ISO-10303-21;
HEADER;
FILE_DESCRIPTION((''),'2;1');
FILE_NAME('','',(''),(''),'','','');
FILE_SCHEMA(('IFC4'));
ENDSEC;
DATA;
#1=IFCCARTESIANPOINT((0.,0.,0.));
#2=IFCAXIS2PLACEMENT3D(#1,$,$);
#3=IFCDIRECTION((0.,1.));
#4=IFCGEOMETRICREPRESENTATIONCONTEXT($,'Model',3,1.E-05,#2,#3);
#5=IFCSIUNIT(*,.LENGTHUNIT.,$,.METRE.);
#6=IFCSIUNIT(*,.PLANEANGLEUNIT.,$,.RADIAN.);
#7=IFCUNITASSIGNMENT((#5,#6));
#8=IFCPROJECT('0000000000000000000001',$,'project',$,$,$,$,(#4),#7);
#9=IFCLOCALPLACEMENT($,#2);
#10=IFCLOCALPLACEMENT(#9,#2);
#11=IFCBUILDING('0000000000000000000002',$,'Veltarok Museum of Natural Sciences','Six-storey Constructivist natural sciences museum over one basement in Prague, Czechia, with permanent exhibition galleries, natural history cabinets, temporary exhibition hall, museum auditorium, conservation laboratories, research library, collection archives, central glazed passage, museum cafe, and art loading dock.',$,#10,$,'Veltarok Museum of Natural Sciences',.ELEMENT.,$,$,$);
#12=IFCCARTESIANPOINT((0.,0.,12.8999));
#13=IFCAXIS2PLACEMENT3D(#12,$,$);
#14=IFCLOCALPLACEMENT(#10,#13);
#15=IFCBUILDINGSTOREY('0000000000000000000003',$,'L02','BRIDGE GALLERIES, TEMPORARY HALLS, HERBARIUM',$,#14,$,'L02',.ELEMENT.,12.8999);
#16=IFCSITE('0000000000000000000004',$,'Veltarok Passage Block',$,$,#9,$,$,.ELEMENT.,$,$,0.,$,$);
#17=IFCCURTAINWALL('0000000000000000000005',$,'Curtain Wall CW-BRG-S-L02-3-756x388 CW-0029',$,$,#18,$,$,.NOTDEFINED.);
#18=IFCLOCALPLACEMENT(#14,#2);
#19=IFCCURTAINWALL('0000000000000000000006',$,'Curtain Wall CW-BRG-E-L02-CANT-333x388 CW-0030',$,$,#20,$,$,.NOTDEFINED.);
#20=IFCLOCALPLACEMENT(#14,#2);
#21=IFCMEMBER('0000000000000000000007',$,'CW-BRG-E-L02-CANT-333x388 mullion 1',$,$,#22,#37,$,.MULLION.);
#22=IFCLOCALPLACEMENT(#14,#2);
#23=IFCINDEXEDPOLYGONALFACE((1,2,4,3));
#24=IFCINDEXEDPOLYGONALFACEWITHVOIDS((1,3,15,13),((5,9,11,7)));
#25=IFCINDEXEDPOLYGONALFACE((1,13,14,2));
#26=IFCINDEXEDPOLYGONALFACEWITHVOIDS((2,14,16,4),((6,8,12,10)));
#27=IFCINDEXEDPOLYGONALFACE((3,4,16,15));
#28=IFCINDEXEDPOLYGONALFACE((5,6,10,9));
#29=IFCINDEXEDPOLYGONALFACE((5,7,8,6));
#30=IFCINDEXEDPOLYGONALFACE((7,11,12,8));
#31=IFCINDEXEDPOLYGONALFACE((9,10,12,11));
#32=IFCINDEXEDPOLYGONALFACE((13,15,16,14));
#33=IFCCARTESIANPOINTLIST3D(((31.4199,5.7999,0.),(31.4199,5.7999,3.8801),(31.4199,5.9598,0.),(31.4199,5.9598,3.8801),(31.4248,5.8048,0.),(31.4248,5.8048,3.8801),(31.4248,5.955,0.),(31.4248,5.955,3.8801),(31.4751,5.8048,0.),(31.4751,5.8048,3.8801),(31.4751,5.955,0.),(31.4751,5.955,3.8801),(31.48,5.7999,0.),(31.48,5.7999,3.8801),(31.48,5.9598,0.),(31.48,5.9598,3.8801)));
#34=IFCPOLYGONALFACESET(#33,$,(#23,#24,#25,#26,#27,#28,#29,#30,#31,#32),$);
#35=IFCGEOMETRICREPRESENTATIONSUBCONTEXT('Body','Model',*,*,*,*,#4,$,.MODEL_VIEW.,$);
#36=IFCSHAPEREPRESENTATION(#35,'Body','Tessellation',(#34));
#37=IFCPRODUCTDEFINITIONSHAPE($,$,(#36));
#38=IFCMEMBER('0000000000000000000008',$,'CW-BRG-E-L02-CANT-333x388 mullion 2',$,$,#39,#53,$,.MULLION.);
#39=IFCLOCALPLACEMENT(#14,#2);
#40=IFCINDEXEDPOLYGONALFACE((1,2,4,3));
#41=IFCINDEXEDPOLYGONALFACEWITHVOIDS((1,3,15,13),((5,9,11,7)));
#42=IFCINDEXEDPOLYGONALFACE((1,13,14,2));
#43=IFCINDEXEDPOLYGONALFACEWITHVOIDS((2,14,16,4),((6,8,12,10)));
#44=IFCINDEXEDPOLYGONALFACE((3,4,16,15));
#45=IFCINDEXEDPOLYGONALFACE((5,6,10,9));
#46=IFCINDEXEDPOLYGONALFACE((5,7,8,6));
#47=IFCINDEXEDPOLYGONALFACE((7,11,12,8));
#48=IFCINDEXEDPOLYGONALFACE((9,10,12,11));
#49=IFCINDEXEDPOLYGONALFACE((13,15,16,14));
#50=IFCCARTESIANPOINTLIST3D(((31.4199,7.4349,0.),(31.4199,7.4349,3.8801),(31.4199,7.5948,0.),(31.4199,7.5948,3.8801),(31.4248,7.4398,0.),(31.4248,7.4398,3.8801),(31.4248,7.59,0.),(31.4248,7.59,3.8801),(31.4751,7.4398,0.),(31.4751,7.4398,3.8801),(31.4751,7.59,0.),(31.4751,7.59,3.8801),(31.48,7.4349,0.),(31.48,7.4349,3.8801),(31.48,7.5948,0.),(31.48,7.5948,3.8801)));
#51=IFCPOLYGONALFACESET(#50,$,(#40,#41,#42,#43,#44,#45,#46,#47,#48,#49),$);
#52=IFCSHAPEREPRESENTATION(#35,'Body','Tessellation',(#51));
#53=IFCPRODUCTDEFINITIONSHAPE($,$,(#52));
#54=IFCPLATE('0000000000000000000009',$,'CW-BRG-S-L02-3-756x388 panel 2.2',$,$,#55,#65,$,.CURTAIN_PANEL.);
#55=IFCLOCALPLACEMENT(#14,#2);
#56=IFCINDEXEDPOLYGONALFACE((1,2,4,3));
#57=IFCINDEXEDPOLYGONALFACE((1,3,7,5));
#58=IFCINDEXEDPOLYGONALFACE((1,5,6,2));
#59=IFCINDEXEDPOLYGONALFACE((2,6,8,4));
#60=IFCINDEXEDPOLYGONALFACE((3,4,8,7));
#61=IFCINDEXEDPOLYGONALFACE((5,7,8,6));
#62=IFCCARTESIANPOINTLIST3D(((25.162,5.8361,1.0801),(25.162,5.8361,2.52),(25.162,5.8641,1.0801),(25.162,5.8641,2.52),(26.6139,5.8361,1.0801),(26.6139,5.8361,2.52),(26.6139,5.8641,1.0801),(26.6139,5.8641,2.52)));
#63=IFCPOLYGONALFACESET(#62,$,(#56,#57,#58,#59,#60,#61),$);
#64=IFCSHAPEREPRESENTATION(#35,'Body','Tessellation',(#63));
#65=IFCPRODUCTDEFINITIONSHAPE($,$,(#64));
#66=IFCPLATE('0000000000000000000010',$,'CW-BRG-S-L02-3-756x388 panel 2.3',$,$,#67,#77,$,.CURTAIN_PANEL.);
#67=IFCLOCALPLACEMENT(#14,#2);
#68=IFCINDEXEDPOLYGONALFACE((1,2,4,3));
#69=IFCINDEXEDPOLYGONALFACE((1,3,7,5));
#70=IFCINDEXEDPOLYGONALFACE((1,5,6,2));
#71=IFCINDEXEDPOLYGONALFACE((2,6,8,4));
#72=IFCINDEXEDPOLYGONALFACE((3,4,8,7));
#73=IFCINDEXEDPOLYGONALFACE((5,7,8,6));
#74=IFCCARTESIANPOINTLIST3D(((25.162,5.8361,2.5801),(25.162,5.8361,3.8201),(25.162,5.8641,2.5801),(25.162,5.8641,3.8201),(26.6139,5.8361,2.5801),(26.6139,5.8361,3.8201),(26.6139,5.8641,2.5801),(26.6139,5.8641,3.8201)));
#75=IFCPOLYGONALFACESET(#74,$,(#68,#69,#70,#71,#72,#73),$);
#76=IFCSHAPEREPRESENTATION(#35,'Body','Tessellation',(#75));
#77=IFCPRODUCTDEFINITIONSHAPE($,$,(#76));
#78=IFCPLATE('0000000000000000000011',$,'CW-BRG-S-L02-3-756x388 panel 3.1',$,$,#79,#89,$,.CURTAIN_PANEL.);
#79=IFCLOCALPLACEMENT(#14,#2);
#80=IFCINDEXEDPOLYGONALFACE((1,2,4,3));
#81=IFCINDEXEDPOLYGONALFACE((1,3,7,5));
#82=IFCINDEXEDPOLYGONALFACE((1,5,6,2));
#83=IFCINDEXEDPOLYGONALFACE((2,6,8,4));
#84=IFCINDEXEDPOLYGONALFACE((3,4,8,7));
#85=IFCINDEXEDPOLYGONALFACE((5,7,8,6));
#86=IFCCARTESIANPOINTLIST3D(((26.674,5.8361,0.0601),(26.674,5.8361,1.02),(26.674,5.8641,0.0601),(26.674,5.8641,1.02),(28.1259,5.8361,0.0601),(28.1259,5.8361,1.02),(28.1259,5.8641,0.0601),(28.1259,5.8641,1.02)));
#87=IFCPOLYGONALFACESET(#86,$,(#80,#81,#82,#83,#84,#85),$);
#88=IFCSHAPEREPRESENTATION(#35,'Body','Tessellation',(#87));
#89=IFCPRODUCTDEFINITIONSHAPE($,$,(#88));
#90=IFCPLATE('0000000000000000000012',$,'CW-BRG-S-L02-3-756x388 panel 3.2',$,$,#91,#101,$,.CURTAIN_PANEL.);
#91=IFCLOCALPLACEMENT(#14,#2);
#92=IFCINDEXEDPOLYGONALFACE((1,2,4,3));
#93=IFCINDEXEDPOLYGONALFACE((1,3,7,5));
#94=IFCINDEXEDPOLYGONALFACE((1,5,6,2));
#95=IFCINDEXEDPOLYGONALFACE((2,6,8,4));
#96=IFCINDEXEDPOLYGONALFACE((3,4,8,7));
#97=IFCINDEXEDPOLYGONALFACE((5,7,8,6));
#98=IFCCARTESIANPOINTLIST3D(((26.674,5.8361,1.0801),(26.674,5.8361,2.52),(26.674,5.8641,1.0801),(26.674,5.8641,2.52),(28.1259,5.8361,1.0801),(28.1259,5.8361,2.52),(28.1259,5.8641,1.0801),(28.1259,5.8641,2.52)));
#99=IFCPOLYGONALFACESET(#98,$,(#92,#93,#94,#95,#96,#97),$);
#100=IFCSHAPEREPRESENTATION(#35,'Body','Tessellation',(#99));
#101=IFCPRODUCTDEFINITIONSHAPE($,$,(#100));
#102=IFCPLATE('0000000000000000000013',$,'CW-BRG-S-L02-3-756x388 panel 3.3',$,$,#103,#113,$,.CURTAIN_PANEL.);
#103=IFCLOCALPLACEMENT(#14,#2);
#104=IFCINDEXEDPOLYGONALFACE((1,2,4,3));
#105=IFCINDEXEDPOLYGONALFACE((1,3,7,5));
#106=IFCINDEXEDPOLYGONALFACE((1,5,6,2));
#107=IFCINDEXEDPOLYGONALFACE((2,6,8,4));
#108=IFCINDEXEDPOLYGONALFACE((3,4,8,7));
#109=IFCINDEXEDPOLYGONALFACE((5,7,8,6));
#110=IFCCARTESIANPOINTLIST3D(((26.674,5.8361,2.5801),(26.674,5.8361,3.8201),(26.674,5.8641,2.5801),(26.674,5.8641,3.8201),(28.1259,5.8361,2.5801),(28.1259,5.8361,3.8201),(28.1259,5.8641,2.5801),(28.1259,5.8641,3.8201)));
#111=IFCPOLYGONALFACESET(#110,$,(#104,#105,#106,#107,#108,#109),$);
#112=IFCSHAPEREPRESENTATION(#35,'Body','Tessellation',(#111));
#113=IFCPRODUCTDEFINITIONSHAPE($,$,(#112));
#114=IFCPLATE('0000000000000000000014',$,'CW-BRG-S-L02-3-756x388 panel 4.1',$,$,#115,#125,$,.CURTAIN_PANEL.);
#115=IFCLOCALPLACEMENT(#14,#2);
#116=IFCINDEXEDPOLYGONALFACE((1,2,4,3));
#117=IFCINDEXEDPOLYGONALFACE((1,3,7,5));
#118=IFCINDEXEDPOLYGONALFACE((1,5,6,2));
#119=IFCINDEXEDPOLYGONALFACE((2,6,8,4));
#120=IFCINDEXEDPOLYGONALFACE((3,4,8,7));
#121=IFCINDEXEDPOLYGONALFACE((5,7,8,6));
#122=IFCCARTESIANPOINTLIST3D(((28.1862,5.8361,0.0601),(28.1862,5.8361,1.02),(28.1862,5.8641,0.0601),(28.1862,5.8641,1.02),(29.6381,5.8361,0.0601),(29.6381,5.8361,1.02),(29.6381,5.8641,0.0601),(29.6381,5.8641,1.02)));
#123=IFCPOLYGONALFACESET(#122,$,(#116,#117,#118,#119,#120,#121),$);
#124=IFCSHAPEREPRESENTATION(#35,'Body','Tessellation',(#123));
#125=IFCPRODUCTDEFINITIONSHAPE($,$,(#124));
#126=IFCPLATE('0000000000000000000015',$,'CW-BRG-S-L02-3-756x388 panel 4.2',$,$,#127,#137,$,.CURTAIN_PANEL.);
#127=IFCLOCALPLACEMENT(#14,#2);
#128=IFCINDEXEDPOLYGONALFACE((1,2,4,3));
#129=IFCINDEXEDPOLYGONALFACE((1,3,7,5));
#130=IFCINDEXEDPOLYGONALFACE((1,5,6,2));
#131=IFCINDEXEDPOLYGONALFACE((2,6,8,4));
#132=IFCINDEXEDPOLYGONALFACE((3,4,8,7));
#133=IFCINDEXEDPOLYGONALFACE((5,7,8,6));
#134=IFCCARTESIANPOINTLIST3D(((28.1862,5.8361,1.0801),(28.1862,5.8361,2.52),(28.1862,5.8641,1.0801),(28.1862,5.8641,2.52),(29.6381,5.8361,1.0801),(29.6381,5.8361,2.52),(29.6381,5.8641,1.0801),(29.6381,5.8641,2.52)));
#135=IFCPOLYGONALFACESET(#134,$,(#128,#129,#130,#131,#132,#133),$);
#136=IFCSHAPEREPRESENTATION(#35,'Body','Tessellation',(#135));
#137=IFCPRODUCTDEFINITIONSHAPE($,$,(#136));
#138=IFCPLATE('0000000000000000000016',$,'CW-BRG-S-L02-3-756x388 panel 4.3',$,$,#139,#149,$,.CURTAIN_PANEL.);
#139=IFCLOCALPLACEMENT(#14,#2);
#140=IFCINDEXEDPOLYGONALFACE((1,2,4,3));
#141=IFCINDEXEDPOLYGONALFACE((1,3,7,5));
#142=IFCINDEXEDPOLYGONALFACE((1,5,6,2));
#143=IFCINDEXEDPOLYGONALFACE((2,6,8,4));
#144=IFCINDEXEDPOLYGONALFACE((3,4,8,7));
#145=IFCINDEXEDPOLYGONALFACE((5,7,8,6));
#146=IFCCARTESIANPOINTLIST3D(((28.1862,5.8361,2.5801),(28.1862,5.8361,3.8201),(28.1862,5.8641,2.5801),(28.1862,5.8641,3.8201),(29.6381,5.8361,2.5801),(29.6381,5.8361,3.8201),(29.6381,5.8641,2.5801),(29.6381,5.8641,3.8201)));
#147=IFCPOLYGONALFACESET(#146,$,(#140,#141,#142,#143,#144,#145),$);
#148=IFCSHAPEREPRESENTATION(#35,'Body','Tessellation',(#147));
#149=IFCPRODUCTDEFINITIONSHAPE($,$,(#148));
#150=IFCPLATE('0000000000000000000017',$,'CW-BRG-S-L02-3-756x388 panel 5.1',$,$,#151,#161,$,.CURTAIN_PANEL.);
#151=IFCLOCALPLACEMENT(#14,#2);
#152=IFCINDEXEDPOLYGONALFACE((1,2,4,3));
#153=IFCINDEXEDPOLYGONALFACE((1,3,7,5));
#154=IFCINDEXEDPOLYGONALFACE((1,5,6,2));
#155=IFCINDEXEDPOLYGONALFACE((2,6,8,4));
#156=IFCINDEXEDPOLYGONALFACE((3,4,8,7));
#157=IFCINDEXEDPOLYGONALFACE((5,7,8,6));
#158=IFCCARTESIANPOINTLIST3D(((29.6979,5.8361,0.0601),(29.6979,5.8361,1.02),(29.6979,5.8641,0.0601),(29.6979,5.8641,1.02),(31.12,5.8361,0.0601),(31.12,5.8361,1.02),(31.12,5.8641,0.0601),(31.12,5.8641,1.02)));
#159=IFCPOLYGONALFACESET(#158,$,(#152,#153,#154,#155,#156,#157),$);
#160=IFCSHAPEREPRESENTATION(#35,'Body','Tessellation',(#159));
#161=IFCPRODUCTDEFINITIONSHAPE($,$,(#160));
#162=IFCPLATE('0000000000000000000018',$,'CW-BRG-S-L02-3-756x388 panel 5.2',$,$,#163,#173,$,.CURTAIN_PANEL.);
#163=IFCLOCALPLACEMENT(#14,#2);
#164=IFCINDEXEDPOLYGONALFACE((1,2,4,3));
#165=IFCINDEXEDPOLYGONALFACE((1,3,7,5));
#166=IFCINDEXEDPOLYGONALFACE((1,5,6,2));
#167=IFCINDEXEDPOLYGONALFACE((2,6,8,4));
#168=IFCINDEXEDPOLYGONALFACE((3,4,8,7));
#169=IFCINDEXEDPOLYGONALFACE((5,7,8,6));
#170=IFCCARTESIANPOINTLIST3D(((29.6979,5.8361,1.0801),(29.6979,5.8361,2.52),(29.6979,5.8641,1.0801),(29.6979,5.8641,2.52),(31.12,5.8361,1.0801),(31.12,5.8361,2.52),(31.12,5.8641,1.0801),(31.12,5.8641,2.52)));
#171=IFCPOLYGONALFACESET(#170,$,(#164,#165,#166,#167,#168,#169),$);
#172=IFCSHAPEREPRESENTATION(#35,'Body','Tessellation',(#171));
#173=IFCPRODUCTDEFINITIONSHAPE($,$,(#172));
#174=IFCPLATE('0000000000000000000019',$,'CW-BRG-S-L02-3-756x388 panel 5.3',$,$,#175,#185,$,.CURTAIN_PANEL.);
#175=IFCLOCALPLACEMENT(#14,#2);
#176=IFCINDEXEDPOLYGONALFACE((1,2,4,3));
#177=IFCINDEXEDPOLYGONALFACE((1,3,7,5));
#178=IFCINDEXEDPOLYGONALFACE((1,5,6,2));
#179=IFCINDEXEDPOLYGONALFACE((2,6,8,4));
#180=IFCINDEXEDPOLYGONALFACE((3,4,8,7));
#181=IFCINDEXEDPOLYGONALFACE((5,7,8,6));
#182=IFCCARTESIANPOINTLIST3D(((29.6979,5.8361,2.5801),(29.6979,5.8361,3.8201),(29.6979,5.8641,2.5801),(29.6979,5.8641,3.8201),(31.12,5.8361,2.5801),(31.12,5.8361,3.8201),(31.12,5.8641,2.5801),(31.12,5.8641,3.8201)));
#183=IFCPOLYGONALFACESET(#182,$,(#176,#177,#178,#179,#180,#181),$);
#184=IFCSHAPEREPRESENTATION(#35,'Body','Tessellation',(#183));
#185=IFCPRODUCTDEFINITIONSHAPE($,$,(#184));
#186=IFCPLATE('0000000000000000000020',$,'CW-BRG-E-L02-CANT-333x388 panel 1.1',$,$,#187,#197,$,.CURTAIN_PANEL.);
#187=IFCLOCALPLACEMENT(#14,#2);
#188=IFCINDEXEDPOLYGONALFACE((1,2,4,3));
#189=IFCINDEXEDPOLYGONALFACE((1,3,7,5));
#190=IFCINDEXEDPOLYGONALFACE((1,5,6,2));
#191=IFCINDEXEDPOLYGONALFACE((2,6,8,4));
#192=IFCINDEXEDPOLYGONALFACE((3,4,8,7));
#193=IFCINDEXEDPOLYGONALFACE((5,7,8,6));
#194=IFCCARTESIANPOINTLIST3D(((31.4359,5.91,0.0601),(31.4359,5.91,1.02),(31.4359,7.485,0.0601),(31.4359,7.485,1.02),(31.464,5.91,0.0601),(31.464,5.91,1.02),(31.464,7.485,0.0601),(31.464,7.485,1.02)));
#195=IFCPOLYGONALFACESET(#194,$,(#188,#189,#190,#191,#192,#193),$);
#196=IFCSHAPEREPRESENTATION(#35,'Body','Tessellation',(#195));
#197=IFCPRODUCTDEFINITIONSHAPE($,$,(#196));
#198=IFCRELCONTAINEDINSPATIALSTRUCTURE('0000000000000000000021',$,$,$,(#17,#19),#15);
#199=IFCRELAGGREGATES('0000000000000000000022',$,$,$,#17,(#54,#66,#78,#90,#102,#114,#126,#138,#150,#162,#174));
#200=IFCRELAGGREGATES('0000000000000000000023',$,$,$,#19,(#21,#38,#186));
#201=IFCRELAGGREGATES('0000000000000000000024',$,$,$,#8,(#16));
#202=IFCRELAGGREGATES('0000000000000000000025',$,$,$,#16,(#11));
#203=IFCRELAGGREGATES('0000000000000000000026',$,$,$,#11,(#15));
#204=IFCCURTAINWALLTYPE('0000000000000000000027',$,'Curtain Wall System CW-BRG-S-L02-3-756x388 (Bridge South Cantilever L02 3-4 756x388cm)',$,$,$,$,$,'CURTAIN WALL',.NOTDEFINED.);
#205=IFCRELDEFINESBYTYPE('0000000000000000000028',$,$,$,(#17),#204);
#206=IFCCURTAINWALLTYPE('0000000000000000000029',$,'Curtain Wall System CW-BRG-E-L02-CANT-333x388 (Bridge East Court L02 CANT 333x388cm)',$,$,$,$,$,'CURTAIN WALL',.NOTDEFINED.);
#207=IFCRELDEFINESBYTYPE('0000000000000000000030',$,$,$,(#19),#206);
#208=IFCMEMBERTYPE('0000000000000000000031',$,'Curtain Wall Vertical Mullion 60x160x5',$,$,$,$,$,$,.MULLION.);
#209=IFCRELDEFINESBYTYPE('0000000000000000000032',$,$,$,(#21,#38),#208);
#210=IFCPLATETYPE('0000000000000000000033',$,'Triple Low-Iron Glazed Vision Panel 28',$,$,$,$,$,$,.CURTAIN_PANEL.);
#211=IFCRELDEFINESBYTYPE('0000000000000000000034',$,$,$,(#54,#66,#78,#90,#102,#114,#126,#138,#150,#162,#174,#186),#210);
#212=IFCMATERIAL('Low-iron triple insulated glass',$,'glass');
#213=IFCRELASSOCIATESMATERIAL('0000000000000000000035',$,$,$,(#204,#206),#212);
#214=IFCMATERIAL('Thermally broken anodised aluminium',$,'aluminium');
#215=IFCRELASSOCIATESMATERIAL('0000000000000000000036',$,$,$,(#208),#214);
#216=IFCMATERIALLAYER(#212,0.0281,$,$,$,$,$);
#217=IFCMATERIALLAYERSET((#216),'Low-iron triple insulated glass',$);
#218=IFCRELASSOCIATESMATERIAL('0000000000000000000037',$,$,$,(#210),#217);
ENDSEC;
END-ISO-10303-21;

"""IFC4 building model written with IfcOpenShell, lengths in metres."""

from ifc_helpers import new_model, si_unit, direction, frame, origin, origin_2d, place, context, subcontext, project, spatial, rectangle, hollow_rectangle, extrude, material, layer, layer_set, material_profile, profile_set, type_object, element, aggregate, save


model = new_model("IFC4")

# Units and contexts
model_context = context("Model", 3, precision=1e-05, world=origin(), true_north=direction((0.0, 1.0)))
body_context = subcontext(model_context, "Body", "Model", "MODEL_VIEW")
ifc_project = project(units=[si_unit("LENGTHUNIT", "METRE"), si_unit("PLANEANGLEUNIT", "RADIAN")], contexts=[model_context])

# Site, building, storey
site_placement = place(None, origin())
site = spatial("IfcSite", under=ifc_project, at=site_placement, Name="Veltarok Passage Block", CompositionType="ELEMENT", RefElevation=0.0)
building_placement = place(site_placement, origin())
building = spatial("IfcBuilding", under=site, at=building_placement, Name="Veltarok Museum of Natural Sciences", Description="Six-storey Constructivist natural sciences museum over one basement in Prague, Czechia, with permanent exhibition galleries, natural history cabinets, temporary exhibition hall, museum auditorium, conservation laboratories, research library, collection archives, central glazed passage, museum cafe, and art loading dock.", LongName="Veltarok Museum of Natural Sciences", CompositionType="ELEMENT")
storey_placement = place(building_placement, frame((0.0, 0.0, 12.8999)))
storey = spatial("IfcBuildingStorey", under=building, at=storey_placement, Name="L02", Description="BRIDGE GALLERIES, TEMPORARY HALLS, HERBARIUM", LongName="L02", CompositionType="ELEMENT", Elevation=12.8999)

# Curtain walls
ifc_material_1 = material(Name="Low-iron triple insulated glass", Category="glass")
curtain_wall_type_1 = type_object("IfcCurtainWallType", Name="Curtain Wall System CW-BRG-S-L02-3-756x388 (Bridge South Cantilever L02 3-4 756x388cm)", ElementType="CURTAIN WALL", PredefinedType="NOTDEFINED", material=ifc_material_1)
curtain_wall_1_placement = place(storey_placement, origin())
curtain_wall_1 = element("IfcCurtainWall", 1, at=curtain_wall_1_placement, inside=storey, type_object=curtain_wall_type_1, Name="Curtain Wall CW-BRG-S-L02-3-756x388 CW-0029", PredefinedType="NOTDEFINED")
ifc_material_2 = material(Name="Thermally broken anodised aluminium", Category="aluminium")
curtain_wall_type_2 = type_object("IfcCurtainWallType", Name="Curtain Wall System CW-BRG-E-L02-CANT-333x388 (Bridge East Court L02 CANT 333x388cm)", ElementType="CURTAIN WALL", PredefinedType="NOTDEFINED", material=ifc_material_1)
curtain_wall_2_placement = place(storey_placement, origin())
curtain_wall_2 = element("IfcCurtainWall", 2, at=curtain_wall_2_placement, inside=storey, type_object=curtain_wall_type_2, Name="Curtain Wall CW-BRG-E-L02-CANT-333x388 CW-0030", PredefinedType="NOTDEFINED")

# Members
ifc_material_profile_1 = material_profile(ifc_material_2, hollow_rectangle(XDim=0.0601, YDim=0.1599, WallThickness=0.0049, at=origin_2d()), Name="CW MULLION 60x160x5")
ifc_profile_set_1 = profile_set([ifc_material_profile_1], Name="Thermally broken anodised aluminium")
member_type_1 = type_object("IfcMemberType", Name="Curtain Wall Vertical Mullion 60x160x5", PredefinedType="MULLION", material=ifc_profile_set_1)
member_1_placement = place(storey_placement, frame((31.45, 5.8799, 0.0), z_axis=(0.0, 0.0, 1.0), x_axis=(-1.0, 0.0, 0.0)))
member_1 = element("IfcMember", 3, at=member_1_placement, type_object=member_type_1, Name="CW-BRG-E-L02-CANT-333x388 mullion 1", PredefinedType="MULLION", context=body_context, shape_type="SweptSolid", body=[
    extrude(hollow_rectangle(XDim=0.0601, YDim=0.1599, WallThickness=0.0049, at=origin_2d()), origin(), (0.0, 0.0, 1.0), 3.8801),
])
member_2_placement = place(storey_placement, frame((31.45, 7.5149, 0.0), z_axis=(0.0, 0.0, 1.0), x_axis=(-1.0, 0.0, 0.0)))
member_2 = element("IfcMember", 4, at=member_2_placement, type_object=member_type_1, Name="CW-BRG-E-L02-CANT-333x388 mullion 2", PredefinedType="MULLION", context=body_context, shape_type="SweptSolid", body=[
    extrude(hollow_rectangle(XDim=0.0601, YDim=0.1599, WallThickness=0.0049, at=origin_2d()), origin(), (0.0, 0.0, 1.0), 3.8801),
])

# Plates
ifc_layer = layer(ifc_material_1, 0.0281)
ifc_layer_set = layer_set([ifc_layer], Name="Low-iron triple insulated glass")
plate_type = type_object("IfcPlateType", Name="Triple Low-Iron Glazed Vision Panel 28", PredefinedType="CURTAIN_PANEL", material=ifc_layer_set)
plate_1_placement = place(storey_placement, frame((25.8879, 5.8501, 1.0801), z_axis=(0.0, 0.0, 1.0), x_axis=(1.0, 0.0, 0.0)))
plate_1 = element("IfcPlate", 5, at=plate_1_placement, type_object=plate_type, Name="CW-BRG-S-L02-3-756x388 panel 2.2", PredefinedType="CURTAIN_PANEL", context=body_context, shape_type="SweptSolid", body=[
    extrude(rectangle(XDim=1.4519, YDim=0.0281, at=origin_2d()), origin(), (0.0, 0.0, 1.0), 1.4399),
])
plate_2_placement = place(storey_placement, frame((25.8879, 5.8501, 2.5801), z_axis=(0.0, 0.0, 1.0), x_axis=(1.0, 0.0, 0.0)))
plate_2 = element("IfcPlate", 6, at=plate_2_placement, type_object=plate_type, Name="CW-BRG-S-L02-3-756x388 panel 2.3", PredefinedType="CURTAIN_PANEL", context=body_context, shape_type="SweptSolid", body=[
    extrude(rectangle(XDim=1.4519, YDim=0.0281, at=origin_2d()), origin(), (0.0, 0.0, 1.0), 1.24),
])
plate_3_placement = place(storey_placement, frame((27.3999, 5.8501, 0.0601), z_axis=(0.0, 0.0, 1.0), x_axis=(1.0, 0.0, 0.0)))
plate_3 = element("IfcPlate", 7, at=plate_3_placement, type_object=plate_type, Name="CW-BRG-S-L02-3-756x388 panel 3.1", PredefinedType="CURTAIN_PANEL", context=body_context, shape_type="SweptSolid", body=[
    extrude(rectangle(XDim=1.4519, YDim=0.0281, at=origin_2d()), origin(), (0.0, 0.0, 1.0), 0.96),
])
plate_4_placement = place(storey_placement, frame((27.3999, 5.8501, 1.0801), z_axis=(0.0, 0.0, 1.0), x_axis=(1.0, 0.0, 0.0)))
plate_4 = element("IfcPlate", 8, at=plate_4_placement, type_object=plate_type, Name="CW-BRG-S-L02-3-756x388 panel 3.2", PredefinedType="CURTAIN_PANEL", context=body_context, shape_type="SweptSolid", body=[
    extrude(rectangle(XDim=1.4519, YDim=0.0281, at=origin_2d()), origin(), (0.0, 0.0, 1.0), 1.4399),
])
plate_5_placement = place(storey_placement, frame((27.3999, 5.8501, 2.5801), z_axis=(0.0, 0.0, 1.0), x_axis=(1.0, 0.0, 0.0)))
plate_5 = element("IfcPlate", 9, at=plate_5_placement, type_object=plate_type, Name="CW-BRG-S-L02-3-756x388 panel 3.3", PredefinedType="CURTAIN_PANEL", context=body_context, shape_type="SweptSolid", body=[
    extrude(rectangle(XDim=1.4519, YDim=0.0281, at=origin_2d()), origin(), (0.0, 0.0, 1.0), 1.24),
])
plate_6_placement = place(storey_placement, frame((28.9121, 5.8501, 0.0601), z_axis=(0.0, 0.0, 1.0), x_axis=(1.0, 0.0, 0.0)))
plate_6 = element("IfcPlate", 10, at=plate_6_placement, type_object=plate_type, Name="CW-BRG-S-L02-3-756x388 panel 4.1", PredefinedType="CURTAIN_PANEL", context=body_context, shape_type="SweptSolid", body=[
    extrude(rectangle(XDim=1.4519, YDim=0.0281, at=origin_2d()), origin(), (0.0, 0.0, 1.0), 0.96),
])
plate_7_placement = place(storey_placement, frame((28.9121, 5.8501, 1.0801), z_axis=(0.0, 0.0, 1.0), x_axis=(1.0, 0.0, 0.0)))
plate_7 = element("IfcPlate", 11, at=plate_7_placement, type_object=plate_type, Name="CW-BRG-S-L02-3-756x388 panel 4.2", PredefinedType="CURTAIN_PANEL", context=body_context, shape_type="SweptSolid", body=[
    extrude(rectangle(XDim=1.4519, YDim=0.0281, at=origin_2d()), origin(), (0.0, 0.0, 1.0), 1.4399),
])
plate_8_placement = place(storey_placement, frame((28.9121, 5.8501, 2.5801), z_axis=(0.0, 0.0, 1.0), x_axis=(1.0, 0.0, 0.0)))
plate_8 = element("IfcPlate", 12, at=plate_8_placement, type_object=plate_type, Name="CW-BRG-S-L02-3-756x388 panel 4.3", PredefinedType="CURTAIN_PANEL", context=body_context, shape_type="SweptSolid", body=[
    extrude(rectangle(XDim=1.4519, YDim=0.0281, at=origin_2d()), origin(), (0.0, 0.0, 1.0), 1.24),
])
plate_9_placement = place(storey_placement, frame((30.4089, 5.8501, 0.0601), z_axis=(0.0, 0.0, 1.0), x_axis=(1.0, 0.0, 0.0)))
plate_9 = element("IfcPlate", 13, at=plate_9_placement, type_object=plate_type, Name="CW-BRG-S-L02-3-756x388 panel 5.1", PredefinedType="CURTAIN_PANEL", context=body_context, shape_type="SweptSolid", body=[
    extrude(rectangle(XDim=1.4221, YDim=0.0281, at=origin_2d()), origin(), (0.0, 0.0, 1.0), 0.96),
])
plate_10_placement = place(storey_placement, frame((30.4089, 5.8501, 1.0801), z_axis=(0.0, 0.0, 1.0), x_axis=(1.0, 0.0, 0.0)))
plate_10 = element("IfcPlate", 14, at=plate_10_placement, type_object=plate_type, Name="CW-BRG-S-L02-3-756x388 panel 5.2", PredefinedType="CURTAIN_PANEL", context=body_context, shape_type="SweptSolid", body=[
    extrude(rectangle(XDim=1.4221, YDim=0.0281, at=origin_2d()), origin(), (0.0, 0.0, 1.0), 1.4399),
])
plate_11_placement = place(storey_placement, frame((30.4089, 5.8501, 2.5801), z_axis=(0.0, 0.0, 1.0), x_axis=(1.0, 0.0, 0.0)))
plate_11 = element("IfcPlate", 15, at=plate_11_placement, type_object=plate_type, Name="CW-BRG-S-L02-3-756x388 panel 5.3", PredefinedType="CURTAIN_PANEL", context=body_context, shape_type="SweptSolid", body=[
    extrude(rectangle(XDim=1.4221, YDim=0.0281, at=origin_2d()), origin(), (0.0, 0.0, 1.0), 1.24),
])
aggregate(curtain_wall_1, [plate_1, plate_2, plate_3, plate_4, plate_5, plate_6, plate_7, plate_8, plate_9, plate_10, plate_11])
plate_12_placement = place(storey_placement, frame((31.45, 6.6975, 0.0601), z_axis=(0.0, 0.0, 1.0), x_axis=(0.0, 1.0, 0.0)))
plate_12 = element("IfcPlate", 16, at=plate_12_placement, type_object=plate_type, Name="CW-BRG-E-L02-CANT-333x388 panel 1.1", PredefinedType="CURTAIN_PANEL", context=body_context, shape_type="SweptSolid", body=[
    extrude(rectangle(XDim=1.575, YDim=0.0281, at=origin_2d()), origin(), (0.0, 0.0, 1.0), 0.96),
])
aggregate(curtain_wall_2, [member_1, member_2, plate_12])

save(model, "model.ifc")
